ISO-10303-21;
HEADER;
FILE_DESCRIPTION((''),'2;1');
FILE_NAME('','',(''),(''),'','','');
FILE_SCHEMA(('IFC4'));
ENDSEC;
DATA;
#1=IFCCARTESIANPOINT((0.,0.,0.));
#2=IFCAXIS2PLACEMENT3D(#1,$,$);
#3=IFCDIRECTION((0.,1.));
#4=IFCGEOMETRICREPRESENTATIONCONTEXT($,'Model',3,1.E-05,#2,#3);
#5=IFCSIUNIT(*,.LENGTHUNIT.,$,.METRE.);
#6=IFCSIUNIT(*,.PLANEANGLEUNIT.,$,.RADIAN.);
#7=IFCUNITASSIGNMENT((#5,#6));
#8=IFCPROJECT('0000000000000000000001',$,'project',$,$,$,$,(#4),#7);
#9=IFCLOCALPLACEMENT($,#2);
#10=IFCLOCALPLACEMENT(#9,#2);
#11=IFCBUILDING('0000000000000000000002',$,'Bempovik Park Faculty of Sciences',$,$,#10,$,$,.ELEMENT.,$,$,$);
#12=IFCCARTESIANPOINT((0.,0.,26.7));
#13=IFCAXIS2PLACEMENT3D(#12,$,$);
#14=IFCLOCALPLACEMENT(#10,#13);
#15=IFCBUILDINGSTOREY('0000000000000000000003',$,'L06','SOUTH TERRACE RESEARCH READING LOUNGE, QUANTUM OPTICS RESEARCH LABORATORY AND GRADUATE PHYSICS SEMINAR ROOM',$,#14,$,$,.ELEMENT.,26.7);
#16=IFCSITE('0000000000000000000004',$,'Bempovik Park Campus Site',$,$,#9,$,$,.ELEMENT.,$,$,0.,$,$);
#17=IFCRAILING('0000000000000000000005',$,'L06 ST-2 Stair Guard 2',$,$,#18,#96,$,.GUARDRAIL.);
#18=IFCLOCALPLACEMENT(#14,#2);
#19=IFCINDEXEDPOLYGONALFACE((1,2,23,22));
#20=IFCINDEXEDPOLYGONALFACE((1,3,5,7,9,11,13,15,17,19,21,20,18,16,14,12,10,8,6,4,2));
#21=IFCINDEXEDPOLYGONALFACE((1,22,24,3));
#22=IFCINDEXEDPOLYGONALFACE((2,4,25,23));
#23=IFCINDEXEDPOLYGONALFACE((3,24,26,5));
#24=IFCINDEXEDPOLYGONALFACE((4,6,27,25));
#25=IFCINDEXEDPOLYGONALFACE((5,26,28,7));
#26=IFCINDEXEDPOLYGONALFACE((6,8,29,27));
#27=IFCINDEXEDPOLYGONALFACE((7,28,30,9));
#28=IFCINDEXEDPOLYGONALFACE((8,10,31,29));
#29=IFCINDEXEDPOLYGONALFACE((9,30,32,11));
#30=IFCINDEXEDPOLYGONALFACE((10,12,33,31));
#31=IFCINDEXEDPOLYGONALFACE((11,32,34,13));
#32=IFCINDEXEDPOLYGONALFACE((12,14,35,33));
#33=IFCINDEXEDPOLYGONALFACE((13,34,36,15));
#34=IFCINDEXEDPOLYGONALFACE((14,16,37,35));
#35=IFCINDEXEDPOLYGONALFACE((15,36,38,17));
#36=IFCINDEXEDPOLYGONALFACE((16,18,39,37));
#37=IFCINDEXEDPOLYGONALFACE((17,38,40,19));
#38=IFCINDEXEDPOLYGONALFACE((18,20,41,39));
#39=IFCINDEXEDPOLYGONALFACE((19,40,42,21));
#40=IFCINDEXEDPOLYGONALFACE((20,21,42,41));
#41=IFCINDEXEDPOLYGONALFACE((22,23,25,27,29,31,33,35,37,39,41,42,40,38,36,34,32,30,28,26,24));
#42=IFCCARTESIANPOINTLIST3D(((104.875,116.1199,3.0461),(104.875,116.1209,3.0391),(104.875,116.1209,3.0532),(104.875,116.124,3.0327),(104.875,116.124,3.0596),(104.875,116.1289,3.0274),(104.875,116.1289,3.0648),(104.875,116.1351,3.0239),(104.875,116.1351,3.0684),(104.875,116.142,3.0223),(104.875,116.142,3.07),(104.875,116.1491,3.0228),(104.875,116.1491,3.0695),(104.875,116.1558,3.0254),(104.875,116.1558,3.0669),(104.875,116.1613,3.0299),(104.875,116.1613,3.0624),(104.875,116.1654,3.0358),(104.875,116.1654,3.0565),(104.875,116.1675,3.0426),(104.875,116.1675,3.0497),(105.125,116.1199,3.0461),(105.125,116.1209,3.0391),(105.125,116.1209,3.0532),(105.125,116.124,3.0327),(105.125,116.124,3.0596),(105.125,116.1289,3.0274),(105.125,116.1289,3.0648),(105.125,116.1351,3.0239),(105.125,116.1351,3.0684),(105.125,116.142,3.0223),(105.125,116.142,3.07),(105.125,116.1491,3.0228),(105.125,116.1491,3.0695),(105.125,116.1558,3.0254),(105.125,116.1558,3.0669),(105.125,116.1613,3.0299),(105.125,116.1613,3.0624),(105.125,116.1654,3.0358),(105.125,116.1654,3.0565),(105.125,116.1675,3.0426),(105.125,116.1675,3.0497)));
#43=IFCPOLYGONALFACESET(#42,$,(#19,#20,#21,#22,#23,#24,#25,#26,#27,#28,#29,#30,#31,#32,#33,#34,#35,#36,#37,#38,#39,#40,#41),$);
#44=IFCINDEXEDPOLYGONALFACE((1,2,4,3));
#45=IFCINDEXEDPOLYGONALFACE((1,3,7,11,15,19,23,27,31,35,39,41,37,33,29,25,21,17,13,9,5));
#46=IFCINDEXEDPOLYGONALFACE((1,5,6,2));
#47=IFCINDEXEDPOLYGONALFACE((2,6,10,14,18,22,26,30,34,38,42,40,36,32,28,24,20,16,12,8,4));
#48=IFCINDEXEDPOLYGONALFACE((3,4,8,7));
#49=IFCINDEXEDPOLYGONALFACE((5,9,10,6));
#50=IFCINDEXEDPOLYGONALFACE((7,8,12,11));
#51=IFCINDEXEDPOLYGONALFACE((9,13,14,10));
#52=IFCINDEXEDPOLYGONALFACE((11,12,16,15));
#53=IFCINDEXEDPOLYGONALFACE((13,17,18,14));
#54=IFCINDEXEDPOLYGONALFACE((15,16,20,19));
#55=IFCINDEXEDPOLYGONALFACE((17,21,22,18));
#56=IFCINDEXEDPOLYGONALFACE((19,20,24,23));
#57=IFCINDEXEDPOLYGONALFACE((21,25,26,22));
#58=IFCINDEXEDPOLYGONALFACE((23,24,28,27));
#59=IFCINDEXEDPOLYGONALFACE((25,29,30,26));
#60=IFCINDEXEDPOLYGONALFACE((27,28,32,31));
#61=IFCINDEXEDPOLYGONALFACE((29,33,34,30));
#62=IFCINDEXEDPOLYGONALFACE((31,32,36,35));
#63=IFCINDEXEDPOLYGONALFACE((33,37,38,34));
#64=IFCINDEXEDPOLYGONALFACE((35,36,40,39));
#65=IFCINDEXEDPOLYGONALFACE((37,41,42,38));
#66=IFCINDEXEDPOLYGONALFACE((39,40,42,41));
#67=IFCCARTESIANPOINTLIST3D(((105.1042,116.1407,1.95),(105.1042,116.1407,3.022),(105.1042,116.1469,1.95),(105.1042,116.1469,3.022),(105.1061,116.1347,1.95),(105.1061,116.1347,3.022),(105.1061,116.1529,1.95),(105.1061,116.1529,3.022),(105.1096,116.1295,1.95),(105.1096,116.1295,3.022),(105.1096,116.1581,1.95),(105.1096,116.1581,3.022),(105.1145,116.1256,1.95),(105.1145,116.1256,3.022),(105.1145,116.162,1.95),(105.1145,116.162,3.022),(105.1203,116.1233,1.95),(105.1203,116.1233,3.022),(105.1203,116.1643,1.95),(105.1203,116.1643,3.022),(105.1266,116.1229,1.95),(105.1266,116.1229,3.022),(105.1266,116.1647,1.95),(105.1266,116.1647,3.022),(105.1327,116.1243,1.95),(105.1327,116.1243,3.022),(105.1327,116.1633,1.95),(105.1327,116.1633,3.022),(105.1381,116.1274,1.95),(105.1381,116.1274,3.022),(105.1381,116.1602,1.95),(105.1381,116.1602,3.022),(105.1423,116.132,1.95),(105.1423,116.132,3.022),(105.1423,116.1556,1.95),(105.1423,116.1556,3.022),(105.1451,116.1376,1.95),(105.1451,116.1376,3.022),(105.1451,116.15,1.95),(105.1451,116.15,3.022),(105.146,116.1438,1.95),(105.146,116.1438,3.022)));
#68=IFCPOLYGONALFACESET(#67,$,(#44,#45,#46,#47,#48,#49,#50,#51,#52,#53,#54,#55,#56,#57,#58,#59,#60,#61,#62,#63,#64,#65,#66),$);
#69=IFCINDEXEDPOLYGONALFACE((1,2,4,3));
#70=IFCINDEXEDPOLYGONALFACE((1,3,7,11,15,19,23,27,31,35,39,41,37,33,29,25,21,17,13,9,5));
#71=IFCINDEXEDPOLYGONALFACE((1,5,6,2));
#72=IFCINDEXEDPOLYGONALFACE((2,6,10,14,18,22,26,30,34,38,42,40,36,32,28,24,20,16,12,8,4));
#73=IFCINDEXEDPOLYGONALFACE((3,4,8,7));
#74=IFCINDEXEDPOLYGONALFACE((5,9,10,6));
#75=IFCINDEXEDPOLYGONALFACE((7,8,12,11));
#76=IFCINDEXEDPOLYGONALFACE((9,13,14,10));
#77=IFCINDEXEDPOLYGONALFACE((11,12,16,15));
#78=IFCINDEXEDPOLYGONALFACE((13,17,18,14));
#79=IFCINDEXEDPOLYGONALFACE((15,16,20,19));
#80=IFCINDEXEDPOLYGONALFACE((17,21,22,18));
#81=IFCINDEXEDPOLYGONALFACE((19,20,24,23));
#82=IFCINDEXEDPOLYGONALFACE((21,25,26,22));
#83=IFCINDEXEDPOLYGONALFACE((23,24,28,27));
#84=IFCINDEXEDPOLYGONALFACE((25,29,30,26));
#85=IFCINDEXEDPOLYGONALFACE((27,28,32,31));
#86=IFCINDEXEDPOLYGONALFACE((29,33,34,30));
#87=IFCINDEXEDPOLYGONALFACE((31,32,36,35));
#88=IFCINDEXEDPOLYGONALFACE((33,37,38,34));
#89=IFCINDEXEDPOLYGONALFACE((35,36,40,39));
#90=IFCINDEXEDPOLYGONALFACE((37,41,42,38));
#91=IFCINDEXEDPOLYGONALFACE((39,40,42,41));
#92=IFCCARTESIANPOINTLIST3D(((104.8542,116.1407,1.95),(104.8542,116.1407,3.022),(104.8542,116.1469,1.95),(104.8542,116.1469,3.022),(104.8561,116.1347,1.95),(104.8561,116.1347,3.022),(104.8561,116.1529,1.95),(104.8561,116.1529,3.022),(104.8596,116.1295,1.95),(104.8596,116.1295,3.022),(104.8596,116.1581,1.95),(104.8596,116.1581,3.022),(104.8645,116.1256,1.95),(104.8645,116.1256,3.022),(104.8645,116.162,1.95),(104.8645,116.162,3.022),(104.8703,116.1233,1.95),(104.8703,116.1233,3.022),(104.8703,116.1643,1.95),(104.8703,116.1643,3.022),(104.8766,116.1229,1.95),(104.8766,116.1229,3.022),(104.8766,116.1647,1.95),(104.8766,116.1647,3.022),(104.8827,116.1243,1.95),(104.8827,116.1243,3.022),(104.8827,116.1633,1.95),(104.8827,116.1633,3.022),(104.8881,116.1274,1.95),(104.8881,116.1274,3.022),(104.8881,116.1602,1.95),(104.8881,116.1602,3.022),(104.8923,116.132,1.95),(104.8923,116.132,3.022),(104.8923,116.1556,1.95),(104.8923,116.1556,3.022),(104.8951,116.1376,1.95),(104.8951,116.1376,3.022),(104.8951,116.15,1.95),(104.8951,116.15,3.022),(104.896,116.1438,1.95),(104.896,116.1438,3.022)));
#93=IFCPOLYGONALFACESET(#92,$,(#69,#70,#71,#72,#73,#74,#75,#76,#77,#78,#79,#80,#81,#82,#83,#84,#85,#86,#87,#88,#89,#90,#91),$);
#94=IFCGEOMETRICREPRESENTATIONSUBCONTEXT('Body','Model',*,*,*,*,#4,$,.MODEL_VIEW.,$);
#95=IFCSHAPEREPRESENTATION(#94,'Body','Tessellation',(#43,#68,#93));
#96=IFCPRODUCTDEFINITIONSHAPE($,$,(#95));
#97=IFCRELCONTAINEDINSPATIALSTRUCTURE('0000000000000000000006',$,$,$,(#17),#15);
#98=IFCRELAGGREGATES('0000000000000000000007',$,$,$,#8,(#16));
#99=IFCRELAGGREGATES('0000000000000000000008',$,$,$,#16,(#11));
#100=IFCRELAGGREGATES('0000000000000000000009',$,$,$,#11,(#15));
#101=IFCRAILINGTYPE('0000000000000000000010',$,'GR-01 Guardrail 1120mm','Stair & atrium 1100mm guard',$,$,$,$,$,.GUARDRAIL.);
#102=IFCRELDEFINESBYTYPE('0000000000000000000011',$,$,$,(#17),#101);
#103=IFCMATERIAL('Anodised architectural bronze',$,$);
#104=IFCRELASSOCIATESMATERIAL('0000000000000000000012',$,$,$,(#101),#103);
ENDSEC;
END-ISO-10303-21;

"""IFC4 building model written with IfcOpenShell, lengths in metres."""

from ifc_helpers import new_model, si_unit, direction, frame, origin, origin_2d, place, context, subcontext, project, spatial, circle, extrude, material, type_object, element, save


model = new_model("IFC4")

# Units and contexts
model_context = context("Model", 3, precision=1e-05, world=origin(), true_north=direction((0.0, 1.0)))
body_context = subcontext(model_context, "Body", "Model", "MODEL_VIEW")
ifc_project = project(units=[si_unit("LENGTHUNIT", "METRE"), si_unit("PLANEANGLEUNIT", "RADIAN")], contexts=[model_context])

# Site, building, storey
site_placement = place(None, origin())
site = spatial("IfcSite", under=ifc_project, at=site_placement, Name="Bempovik Park Campus Site", CompositionType="ELEMENT", RefElevation=0.0)
building_placement = place(site_placement, origin())
building = spatial("IfcBuilding", under=site, at=building_placement, Name="Bempovik Park Faculty of Sciences", CompositionType="ELEMENT")
storey_placement = place(building_placement, frame((0.0, 0.0, 26.7)))
storey = spatial("IfcBuildingStorey", under=building, at=storey_placement, Name="L06", Description="SOUTH TERRACE RESEARCH READING LOUNGE, QUANTUM OPTICS RESEARCH LABORATORY AND GRADUATE PHYSICS SEMINAR ROOM", CompositionType="ELEMENT", Elevation=26.7)

# Railing
ifc_material_1 = material(Name="Anodised architectural bronze")
railing_type_1 = type_object("IfcRailingType", Name="GR-01 Guardrail 1120mm", Description="Stair & atrium 1100mm guard", PredefinedType="GUARDRAIL", material=ifc_material_1)
railing_1_placement = place(storey_placement, frame((105.125, 116.1438, 1.95)))
element("IfcRailing", 1, at=railing_1_placement, inside=storey, type_object=railing_type_1, Name="L06 ST-2 Stair Guard 2", PredefinedType="GUARDRAIL", context=body_context, shape_type="SweptSolid", body=[
    extrude(circle(Radius=0.0239, at=origin_2d()), frame((0.0, 0.0, 1.0962), z_axis=(-1.0, 0.0, 0.0), x_axis=(0.0, -1.0, 0.0)), (0.0, 0.0, 1.0), 0.25),
    extrude(circle(Radius=0.021, at=origin_2d()), origin(), (0.0, 0.0, 1.0), 1.072),
    extrude(circle(Radius=0.021, at=origin_2d()), frame((-0.25, 0.0, 0.0)), (0.0, 0.0, 1.0), 1.072),
])

save(model, "model.ifc")
